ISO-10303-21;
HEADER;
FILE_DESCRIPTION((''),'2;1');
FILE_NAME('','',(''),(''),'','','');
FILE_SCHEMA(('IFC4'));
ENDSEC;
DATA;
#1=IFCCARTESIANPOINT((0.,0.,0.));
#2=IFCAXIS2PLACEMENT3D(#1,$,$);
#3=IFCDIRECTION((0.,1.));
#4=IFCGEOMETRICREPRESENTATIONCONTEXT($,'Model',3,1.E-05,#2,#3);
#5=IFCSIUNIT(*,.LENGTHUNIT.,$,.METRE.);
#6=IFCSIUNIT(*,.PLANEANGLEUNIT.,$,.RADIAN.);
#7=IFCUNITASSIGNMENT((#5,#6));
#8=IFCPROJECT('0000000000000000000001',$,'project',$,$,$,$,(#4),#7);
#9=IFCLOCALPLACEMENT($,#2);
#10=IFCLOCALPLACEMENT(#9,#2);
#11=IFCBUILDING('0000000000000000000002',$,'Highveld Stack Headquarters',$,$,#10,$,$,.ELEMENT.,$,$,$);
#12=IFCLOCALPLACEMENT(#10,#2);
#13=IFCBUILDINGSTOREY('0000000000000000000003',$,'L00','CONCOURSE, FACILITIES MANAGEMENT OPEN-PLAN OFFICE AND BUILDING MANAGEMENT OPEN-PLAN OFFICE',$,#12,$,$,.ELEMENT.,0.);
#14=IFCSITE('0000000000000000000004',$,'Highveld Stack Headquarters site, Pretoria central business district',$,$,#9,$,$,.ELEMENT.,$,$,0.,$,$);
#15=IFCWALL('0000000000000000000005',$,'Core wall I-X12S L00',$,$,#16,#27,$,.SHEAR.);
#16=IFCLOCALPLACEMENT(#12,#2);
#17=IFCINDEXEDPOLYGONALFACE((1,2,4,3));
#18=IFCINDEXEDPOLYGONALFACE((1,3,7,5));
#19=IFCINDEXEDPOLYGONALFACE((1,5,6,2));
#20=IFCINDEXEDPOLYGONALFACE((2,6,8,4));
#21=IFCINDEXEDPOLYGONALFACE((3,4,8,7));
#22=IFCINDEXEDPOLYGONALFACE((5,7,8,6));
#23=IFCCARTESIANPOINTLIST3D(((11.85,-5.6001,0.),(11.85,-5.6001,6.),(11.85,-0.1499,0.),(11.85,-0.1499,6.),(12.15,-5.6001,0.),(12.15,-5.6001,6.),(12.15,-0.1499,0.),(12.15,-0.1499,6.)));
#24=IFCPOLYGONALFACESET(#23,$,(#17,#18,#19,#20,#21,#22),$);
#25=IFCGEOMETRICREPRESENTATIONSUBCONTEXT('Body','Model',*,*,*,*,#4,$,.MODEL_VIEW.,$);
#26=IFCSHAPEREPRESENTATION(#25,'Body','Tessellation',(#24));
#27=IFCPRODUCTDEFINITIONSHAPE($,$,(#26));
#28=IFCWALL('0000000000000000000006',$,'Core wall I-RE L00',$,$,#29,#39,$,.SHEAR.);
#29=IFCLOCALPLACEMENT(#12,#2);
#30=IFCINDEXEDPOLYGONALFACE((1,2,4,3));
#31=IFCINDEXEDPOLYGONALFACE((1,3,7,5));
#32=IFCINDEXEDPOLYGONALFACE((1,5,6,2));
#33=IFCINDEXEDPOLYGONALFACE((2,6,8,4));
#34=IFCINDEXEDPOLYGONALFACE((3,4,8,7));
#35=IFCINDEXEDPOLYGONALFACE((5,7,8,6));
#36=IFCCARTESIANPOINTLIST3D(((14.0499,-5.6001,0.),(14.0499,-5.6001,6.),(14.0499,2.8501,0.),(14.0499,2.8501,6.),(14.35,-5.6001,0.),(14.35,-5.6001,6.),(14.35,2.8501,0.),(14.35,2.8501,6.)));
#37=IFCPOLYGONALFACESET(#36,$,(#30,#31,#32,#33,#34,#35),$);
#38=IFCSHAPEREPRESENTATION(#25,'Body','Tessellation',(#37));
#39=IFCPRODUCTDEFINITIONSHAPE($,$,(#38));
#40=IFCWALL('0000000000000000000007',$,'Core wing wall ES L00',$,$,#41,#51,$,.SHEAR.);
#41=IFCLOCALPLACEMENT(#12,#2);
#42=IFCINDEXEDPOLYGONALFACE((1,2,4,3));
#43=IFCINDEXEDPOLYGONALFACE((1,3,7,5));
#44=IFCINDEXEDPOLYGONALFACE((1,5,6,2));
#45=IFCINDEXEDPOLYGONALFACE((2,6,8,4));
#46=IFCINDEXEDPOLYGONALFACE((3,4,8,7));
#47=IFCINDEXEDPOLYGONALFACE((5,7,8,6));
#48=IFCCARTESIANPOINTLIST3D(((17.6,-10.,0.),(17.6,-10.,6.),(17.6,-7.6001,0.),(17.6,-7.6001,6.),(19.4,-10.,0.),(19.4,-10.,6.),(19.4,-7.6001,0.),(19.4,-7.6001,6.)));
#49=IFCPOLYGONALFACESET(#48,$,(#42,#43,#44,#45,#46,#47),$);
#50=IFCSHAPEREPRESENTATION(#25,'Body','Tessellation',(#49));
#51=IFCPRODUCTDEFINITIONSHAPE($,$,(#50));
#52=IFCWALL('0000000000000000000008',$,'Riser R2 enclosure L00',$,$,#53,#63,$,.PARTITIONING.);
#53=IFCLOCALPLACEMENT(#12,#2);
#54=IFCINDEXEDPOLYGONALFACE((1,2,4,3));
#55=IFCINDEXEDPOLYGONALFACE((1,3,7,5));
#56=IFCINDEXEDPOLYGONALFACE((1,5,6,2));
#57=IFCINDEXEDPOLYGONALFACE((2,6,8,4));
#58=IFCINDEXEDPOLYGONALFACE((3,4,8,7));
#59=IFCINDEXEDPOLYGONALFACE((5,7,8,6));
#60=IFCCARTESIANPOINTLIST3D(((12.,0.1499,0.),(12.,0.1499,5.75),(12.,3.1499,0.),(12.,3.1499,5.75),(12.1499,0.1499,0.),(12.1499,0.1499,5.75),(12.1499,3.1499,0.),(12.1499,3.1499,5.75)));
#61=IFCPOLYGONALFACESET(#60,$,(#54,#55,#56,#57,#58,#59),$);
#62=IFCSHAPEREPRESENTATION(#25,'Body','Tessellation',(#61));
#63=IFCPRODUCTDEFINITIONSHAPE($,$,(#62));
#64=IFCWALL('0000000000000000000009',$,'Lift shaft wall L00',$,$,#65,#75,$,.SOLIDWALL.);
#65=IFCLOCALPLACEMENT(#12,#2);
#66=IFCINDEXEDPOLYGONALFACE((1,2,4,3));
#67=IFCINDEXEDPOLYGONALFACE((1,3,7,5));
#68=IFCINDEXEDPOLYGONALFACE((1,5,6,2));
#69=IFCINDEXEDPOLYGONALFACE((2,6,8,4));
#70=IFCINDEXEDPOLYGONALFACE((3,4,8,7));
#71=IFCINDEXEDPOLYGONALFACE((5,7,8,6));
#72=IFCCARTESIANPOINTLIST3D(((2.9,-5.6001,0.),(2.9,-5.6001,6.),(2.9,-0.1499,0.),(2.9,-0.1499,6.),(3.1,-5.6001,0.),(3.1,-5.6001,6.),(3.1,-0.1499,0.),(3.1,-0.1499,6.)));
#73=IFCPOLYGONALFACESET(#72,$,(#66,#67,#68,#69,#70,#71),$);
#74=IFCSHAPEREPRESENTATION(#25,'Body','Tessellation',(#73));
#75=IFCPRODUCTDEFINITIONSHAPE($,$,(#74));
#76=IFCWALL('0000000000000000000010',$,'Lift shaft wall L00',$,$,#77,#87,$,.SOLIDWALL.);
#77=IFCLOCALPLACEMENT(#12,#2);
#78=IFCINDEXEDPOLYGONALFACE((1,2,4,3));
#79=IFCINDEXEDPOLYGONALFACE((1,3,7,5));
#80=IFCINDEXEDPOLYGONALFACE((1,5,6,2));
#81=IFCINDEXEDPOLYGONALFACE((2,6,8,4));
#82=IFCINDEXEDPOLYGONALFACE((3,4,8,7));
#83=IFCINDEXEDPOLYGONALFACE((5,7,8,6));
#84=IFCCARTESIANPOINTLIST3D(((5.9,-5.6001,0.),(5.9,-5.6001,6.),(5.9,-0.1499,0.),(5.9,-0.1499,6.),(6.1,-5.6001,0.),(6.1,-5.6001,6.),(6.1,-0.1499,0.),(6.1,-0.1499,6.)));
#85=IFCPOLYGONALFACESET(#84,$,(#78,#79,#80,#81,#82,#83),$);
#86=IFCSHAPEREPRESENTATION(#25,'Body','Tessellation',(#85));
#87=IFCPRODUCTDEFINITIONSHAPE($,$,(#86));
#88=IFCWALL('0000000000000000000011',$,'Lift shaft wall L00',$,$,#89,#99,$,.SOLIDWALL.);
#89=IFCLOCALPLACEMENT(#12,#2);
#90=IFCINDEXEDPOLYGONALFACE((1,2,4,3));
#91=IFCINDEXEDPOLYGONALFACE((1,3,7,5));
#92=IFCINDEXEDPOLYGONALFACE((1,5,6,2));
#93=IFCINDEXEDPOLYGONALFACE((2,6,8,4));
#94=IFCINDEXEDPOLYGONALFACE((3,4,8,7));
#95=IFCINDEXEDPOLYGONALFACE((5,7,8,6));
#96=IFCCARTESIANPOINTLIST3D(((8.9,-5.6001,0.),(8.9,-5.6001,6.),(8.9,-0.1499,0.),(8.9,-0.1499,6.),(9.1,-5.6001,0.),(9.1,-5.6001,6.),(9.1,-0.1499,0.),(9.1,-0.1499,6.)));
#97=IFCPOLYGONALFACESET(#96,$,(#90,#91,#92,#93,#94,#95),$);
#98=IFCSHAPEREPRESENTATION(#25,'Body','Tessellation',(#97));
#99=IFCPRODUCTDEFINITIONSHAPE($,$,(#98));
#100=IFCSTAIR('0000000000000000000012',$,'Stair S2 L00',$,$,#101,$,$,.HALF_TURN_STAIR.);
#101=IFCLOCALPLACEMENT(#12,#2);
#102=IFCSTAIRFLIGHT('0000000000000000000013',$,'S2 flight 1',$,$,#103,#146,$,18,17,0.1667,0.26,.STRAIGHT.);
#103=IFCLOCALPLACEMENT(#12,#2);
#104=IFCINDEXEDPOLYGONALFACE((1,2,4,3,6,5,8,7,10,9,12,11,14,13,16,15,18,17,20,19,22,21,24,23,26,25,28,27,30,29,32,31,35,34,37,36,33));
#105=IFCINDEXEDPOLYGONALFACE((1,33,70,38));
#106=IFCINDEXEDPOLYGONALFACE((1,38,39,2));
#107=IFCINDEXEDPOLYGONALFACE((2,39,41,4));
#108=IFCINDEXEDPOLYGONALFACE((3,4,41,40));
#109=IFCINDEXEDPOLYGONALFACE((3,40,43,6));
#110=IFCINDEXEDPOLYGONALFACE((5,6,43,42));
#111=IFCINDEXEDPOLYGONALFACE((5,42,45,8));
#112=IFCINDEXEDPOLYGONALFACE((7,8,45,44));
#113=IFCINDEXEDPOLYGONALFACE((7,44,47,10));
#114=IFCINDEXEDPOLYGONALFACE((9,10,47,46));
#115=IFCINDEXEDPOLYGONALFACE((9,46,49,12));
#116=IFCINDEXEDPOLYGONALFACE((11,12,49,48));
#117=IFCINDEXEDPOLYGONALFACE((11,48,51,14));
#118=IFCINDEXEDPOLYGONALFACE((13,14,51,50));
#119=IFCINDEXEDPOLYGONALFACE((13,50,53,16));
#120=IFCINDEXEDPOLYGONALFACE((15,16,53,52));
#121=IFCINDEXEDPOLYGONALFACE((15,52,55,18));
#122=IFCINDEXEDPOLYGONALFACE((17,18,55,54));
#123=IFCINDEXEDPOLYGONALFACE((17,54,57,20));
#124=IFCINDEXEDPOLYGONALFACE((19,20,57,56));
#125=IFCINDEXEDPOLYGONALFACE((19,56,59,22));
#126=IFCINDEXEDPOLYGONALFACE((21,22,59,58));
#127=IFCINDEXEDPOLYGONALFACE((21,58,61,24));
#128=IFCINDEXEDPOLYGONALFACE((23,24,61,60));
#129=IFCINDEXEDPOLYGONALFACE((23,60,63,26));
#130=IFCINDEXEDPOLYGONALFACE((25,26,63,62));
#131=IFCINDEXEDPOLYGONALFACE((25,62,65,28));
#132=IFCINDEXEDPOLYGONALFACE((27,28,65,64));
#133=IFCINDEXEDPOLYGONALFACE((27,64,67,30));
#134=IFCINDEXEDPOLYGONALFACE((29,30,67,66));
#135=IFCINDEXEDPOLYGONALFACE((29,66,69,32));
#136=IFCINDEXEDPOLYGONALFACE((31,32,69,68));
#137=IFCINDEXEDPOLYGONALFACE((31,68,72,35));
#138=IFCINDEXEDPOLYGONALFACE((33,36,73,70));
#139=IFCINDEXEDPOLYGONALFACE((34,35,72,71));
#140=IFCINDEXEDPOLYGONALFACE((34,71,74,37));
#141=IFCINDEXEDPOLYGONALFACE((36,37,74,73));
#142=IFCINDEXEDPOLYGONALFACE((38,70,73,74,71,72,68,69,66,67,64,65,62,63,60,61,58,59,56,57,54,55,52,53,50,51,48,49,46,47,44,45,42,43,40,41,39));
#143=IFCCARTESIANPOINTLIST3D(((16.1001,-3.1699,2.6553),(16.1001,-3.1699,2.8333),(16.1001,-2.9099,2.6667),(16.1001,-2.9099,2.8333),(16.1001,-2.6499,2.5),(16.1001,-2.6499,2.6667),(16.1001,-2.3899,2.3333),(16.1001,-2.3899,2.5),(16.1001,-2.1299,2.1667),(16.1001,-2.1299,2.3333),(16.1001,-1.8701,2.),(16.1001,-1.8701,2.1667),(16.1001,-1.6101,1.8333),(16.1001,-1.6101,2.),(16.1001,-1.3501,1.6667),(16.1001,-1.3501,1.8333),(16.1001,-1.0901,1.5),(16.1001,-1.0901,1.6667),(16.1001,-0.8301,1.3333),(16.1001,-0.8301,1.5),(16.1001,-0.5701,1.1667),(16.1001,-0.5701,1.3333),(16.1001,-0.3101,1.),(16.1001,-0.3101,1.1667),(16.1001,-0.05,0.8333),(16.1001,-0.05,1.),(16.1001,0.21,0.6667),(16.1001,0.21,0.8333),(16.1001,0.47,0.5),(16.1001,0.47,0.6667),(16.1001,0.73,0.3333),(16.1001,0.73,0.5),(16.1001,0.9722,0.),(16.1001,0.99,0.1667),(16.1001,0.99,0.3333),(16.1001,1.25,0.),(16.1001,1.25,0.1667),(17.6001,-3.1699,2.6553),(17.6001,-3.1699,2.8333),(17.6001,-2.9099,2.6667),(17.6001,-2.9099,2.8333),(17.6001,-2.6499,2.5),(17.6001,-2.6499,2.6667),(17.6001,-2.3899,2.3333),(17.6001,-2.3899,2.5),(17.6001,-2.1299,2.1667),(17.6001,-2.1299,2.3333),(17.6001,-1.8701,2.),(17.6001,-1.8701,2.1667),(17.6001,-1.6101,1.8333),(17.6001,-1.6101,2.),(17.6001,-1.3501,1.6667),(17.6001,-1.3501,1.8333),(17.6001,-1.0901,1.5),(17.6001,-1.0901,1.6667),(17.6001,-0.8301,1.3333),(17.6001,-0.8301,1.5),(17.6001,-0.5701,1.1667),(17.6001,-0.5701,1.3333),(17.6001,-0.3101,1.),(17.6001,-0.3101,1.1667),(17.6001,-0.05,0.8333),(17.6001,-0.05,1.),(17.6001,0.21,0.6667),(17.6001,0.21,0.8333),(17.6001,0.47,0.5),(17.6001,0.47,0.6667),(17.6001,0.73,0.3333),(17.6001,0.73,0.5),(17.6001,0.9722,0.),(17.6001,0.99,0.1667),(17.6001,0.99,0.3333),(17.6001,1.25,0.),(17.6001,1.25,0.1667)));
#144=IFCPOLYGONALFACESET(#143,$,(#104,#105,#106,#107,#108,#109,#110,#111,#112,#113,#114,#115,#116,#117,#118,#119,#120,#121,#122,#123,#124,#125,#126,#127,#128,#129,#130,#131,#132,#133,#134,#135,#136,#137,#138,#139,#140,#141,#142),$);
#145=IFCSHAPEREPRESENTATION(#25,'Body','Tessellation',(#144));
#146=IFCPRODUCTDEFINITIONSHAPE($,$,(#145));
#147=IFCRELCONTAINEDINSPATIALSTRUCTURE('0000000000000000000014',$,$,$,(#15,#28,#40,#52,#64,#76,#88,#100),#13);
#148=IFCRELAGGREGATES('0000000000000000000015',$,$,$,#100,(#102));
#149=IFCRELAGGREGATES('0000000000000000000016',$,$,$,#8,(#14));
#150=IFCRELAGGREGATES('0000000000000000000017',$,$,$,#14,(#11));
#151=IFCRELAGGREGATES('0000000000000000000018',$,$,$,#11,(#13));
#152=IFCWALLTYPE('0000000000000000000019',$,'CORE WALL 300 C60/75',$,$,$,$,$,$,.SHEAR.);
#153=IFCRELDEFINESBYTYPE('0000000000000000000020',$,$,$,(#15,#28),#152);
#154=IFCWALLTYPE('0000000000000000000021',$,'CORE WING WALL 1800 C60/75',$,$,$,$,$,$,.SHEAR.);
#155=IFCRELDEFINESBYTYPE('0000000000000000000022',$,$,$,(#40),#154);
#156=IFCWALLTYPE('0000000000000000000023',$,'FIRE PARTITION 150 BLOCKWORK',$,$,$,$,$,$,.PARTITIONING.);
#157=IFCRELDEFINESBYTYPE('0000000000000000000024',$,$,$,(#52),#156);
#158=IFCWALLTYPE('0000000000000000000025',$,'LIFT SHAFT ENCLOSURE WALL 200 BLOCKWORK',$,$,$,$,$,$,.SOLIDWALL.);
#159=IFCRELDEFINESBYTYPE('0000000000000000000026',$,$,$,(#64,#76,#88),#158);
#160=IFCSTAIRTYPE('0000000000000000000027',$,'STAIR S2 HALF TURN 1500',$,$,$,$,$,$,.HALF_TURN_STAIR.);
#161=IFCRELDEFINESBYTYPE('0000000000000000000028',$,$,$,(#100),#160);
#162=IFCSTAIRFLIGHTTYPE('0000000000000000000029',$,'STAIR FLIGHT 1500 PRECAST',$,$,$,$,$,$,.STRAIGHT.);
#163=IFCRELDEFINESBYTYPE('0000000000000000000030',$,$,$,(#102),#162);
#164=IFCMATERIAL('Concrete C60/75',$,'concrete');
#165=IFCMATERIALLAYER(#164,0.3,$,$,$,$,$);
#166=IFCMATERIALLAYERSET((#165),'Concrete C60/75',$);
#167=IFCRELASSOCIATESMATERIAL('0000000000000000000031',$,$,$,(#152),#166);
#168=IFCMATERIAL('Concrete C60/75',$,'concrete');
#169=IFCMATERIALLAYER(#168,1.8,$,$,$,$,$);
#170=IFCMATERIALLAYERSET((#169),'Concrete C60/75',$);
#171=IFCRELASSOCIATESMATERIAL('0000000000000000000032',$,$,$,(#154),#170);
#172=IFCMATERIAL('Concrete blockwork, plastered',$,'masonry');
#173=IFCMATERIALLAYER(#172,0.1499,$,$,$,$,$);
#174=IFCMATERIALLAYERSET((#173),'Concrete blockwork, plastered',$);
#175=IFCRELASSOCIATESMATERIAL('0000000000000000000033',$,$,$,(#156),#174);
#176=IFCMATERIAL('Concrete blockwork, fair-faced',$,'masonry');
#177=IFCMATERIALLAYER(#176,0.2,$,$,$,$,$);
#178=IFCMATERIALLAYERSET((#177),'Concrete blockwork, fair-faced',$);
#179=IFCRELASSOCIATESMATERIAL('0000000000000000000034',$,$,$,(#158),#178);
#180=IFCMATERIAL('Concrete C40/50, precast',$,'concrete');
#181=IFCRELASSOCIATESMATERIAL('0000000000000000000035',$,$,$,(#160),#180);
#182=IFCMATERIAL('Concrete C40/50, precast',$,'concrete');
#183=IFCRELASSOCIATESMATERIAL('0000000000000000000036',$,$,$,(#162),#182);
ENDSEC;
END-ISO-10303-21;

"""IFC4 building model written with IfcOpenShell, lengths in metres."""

from ifc_helpers import new_model, si_unit, direction, frame, frame_2d, origin, place, context, subcontext, project, spatial, polyline, rectangle, outline, extrude, material, layer, layer_set, type_object, element, aggregate, save


model = new_model("IFC4")

# Units and contexts
model_context = context("Model", 3, precision=1e-05, world=origin(), true_north=direction((0.0, 1.0)))
body_context = subcontext(model_context, "Body", "Model", "MODEL_VIEW")
ifc_project = project(units=[si_unit("LENGTHUNIT", "METRE"), si_unit("PLANEANGLEUNIT", "RADIAN")], contexts=[model_context])

# Site, building, storey
site_placement = place(None, origin())
site = spatial("IfcSite", under=ifc_project, at=site_placement, Name="Highveld Stack Headquarters site, Pretoria central business district", CompositionType="ELEMENT", RefElevation=0.0)
building_placement = place(site_placement, origin())
building = spatial("IfcBuilding", under=site, at=building_placement, Name="Highveld Stack Headquarters", CompositionType="ELEMENT")
storey_placement = place(building_placement, origin())
storey = spatial("IfcBuildingStorey", under=building, at=storey_placement, Name="L00", Description="CONCOURSE, FACILITIES MANAGEMENT OPEN-PLAN OFFICE AND BUILDING MANAGEMENT OPEN-PLAN OFFICE", CompositionType="ELEMENT", Elevation=0.0)

# Walls
ifc_material_1 = material(Name="Concrete C60/75", Category="concrete")
ifc_layer_1 = layer(ifc_material_1, 0.3)
ifc_layer_set_1 = layer_set([ifc_layer_1], Name="Concrete C60/75")
wall_type_1 = type_object("IfcWallType", Name="CORE WALL 300 C60/75", PredefinedType="SHEAR", material=ifc_layer_set_1)
wall_1_placement = place(storey_placement, frame((12.0, -5.6001, 0.0), z_axis=(0.0, 0.0, 1.0), x_axis=(0.0, 1.0, 0.0)))
element("IfcWall", 1, at=wall_1_placement, inside=storey, type_object=wall_type_1, Name="Core wall I-X12S L00", PredefinedType="SHEAR", context=body_context, shape_type="SweptSolid", body=[
    extrude(rectangle(XDim=5.4502, YDim=0.3, at=frame_2d((2.7251, 0.0))), origin(), (0.0, 0.0, 1.0), 6.0),
])
wall_2_placement = place(storey_placement, frame((14.2, -5.6001, 0.0), z_axis=(0.0, 0.0, 1.0), x_axis=(0.0, 1.0, 0.0)))
element("IfcWall", 2, at=wall_2_placement, inside=storey, type_object=wall_type_1, Name="Core wall I-RE L00", PredefinedType="SHEAR", context=body_context, shape_type="SweptSolid", body=[
    extrude(rectangle(XDim=8.4502, YDim=0.3, at=frame_2d((4.2251, 0.0))), origin(), (0.0, 0.0, 1.0), 6.0),
])
ifc_material_2 = material(Name="Concrete C60/75", Category="concrete")
ifc_layer_2 = layer(ifc_material_2, 1.8)
ifc_layer_set_2 = layer_set([ifc_layer_2], Name="Concrete C60/75")
wall_type_2 = type_object("IfcWallType", Name="CORE WING WALL 1800 C60/75", PredefinedType="SHEAR", material=ifc_layer_set_2)
wall_3_placement = place(storey_placement, frame((18.5, -10.0, 0.0), z_axis=(0.0, 0.0, 1.0), x_axis=(0.0, 1.0, 0.0)))
element("IfcWall", 3, at=wall_3_placement, inside=storey, type_object=wall_type_2, Name="Core wing wall ES L00", PredefinedType="SHEAR", context=body_context, shape_type="SweptSolid", body=[
    extrude(rectangle(XDim=2.3999, YDim=1.8, at=frame_2d((1.2, 0.0))), origin(), (0.0, 0.0, 1.0), 6.0),
])
ifc_material_3 = material(Name="Concrete blockwork, plastered", Category="masonry")
ifc_layer_3 = layer(ifc_material_3, 0.1499)
ifc_layer_set_3 = layer_set([ifc_layer_3], Name="Concrete blockwork, plastered")
wall_type_3 = type_object("IfcWallType", Name="FIRE PARTITION 150 BLOCKWORK", PredefinedType="PARTITIONING", material=ifc_layer_set_3)
wall_4_placement = place(storey_placement, frame((12.075, 0.1499, 0.0), z_axis=(0.0, 0.0, 1.0), x_axis=(0.0, 1.0, 0.0)))
element("IfcWall", 4, at=wall_4_placement, inside=storey, type_object=wall_type_3, Name="Riser R2 enclosure L00", PredefinedType="PARTITIONING", context=body_context, shape_type="SweptSolid", body=[
    extrude(rectangle(XDim=3.0, YDim=0.1499, at=frame_2d((1.5, 0.0))), origin(), (0.0, 0.0, 1.0), 5.75),
])
ifc_material_4 = material(Name="Concrete blockwork, fair-faced", Category="masonry")
ifc_layer_4 = layer(ifc_material_4, 0.2)
ifc_layer_set_4 = layer_set([ifc_layer_4], Name="Concrete blockwork, fair-faced")
wall_type_4 = type_object("IfcWallType", Name="LIFT SHAFT ENCLOSURE WALL 200 BLOCKWORK", PredefinedType="SOLIDWALL", material=ifc_layer_set_4)
for number, where, z_axis, x_axis, name in (
    (5, (3.0, -5.6001, 0.0), (0.0, 0.0, 1.0), (0.0, 1.0, 0.0), "Lift shaft wall L00"),
    (6, (6.0, -5.6001, 0.0), (0.0, 0.0, 1.0), (0.0, 1.0, 0.0), "Lift shaft wall L00"),
    (7, (9.0, -5.6001, 0.0), (0.0, 0.0, 1.0), (0.0, 1.0, 0.0), "Lift shaft wall L00"),
):
    element("IfcWall", number, at=place(storey_placement, frame(where, z_axis=z_axis, x_axis=x_axis)), inside=storey, type_object=wall_type_4, Name=name, PredefinedType="SOLIDWALL", context=body_context, shape_type="SweptSolid", body=[
        extrude(rectangle(XDim=5.4502, YDim=0.2, at=frame_2d((2.7251, 0.0))), origin(), (0.0, 0.0, 1.0), 6.0),
    ])

# Stair, stair flight
ifc_material_5 = material(Name="Concrete C40/50, precast", Category="concrete")
stair_type = type_object("IfcStairType", Name="STAIR S2 HALF TURN 1500", PredefinedType="HALF_TURN_STAIR", material=ifc_material_5)
stair_placement = place(storey_placement, origin())
stair = element("IfcStair", 8, at=stair_placement, inside=storey, type_object=stair_type, Name="Stair S2 L00", PredefinedType="HALF_TURN_STAIR")
ifc_material_6 = material(Name="Concrete C40/50, precast", Category="concrete")
stair_flight_type = type_object("IfcStairFlightType", Name="STAIR FLIGHT 1500 PRECAST", PredefinedType="STRAIGHT", material=ifc_material_6)
stair_flight_1_placement = place(storey_placement, frame((16.8501, 1.25, 0.0), z_axis=(0.0, 0.0, 1.0), x_axis=(0.0, -1.0, 0.0)))
stair_flight_1 = element("IfcStairFlight", 9, at=stair_flight_1_placement, type_object=stair_flight_type, Name="S2 flight 1", NumberOfRisers=18, NumberOfTreads=17, PredefinedType="STRAIGHT", RiserHeight=0.1667, TreadLength=0.26, context=body_context, shape_type="SweptSolid", body=[
    extrude(outline(polyline([(0.0, 0.0), (0.0, 0.1667), (0.26, 0.1667), (0.26, 0.3333), (0.52, 0.3333), (0.52, 0.5), (0.78, 0.5), (0.78, 0.6667), (1.04, 0.6667), (1.04, 0.8333), (1.3, 0.8333), (1.3, 1.0), (1.5601, 1.0), (1.5601, 1.1667), (1.8201, 1.1667), (1.8201, 1.3333), (2.0801, 1.3333), (2.0801, 1.5), (2.3401, 1.5), (2.3401, 1.6667), (2.6001, 1.6667), (2.6001, 1.8333), (2.8601, 1.8333), (2.8601, 2.0), (3.1201, 2.0), (3.1201, 2.1667), (3.3799, 2.1667), (3.3799, 2.3333), (3.6399, 2.3333), (3.6399, 2.5), (3.8999, 2.5), (3.8999, 2.6667), (4.1599, 2.6667), (4.1599, 2.8333), (4.4199, 2.8333), (4.4199, 3.0), (4.4199, 2.6553), (0.2778, 0.0), (0.0, 0.0)])), frame((0.0, 0.75, 0.0), z_axis=(0.0, -1.0, 0.0), x_axis=(1.0, 0.0, 0.0)), (0.0, 0.0, 1.0), 1.5),
])
aggregate(stair, [stair_flight_1])

save(model, "model.ifc")
